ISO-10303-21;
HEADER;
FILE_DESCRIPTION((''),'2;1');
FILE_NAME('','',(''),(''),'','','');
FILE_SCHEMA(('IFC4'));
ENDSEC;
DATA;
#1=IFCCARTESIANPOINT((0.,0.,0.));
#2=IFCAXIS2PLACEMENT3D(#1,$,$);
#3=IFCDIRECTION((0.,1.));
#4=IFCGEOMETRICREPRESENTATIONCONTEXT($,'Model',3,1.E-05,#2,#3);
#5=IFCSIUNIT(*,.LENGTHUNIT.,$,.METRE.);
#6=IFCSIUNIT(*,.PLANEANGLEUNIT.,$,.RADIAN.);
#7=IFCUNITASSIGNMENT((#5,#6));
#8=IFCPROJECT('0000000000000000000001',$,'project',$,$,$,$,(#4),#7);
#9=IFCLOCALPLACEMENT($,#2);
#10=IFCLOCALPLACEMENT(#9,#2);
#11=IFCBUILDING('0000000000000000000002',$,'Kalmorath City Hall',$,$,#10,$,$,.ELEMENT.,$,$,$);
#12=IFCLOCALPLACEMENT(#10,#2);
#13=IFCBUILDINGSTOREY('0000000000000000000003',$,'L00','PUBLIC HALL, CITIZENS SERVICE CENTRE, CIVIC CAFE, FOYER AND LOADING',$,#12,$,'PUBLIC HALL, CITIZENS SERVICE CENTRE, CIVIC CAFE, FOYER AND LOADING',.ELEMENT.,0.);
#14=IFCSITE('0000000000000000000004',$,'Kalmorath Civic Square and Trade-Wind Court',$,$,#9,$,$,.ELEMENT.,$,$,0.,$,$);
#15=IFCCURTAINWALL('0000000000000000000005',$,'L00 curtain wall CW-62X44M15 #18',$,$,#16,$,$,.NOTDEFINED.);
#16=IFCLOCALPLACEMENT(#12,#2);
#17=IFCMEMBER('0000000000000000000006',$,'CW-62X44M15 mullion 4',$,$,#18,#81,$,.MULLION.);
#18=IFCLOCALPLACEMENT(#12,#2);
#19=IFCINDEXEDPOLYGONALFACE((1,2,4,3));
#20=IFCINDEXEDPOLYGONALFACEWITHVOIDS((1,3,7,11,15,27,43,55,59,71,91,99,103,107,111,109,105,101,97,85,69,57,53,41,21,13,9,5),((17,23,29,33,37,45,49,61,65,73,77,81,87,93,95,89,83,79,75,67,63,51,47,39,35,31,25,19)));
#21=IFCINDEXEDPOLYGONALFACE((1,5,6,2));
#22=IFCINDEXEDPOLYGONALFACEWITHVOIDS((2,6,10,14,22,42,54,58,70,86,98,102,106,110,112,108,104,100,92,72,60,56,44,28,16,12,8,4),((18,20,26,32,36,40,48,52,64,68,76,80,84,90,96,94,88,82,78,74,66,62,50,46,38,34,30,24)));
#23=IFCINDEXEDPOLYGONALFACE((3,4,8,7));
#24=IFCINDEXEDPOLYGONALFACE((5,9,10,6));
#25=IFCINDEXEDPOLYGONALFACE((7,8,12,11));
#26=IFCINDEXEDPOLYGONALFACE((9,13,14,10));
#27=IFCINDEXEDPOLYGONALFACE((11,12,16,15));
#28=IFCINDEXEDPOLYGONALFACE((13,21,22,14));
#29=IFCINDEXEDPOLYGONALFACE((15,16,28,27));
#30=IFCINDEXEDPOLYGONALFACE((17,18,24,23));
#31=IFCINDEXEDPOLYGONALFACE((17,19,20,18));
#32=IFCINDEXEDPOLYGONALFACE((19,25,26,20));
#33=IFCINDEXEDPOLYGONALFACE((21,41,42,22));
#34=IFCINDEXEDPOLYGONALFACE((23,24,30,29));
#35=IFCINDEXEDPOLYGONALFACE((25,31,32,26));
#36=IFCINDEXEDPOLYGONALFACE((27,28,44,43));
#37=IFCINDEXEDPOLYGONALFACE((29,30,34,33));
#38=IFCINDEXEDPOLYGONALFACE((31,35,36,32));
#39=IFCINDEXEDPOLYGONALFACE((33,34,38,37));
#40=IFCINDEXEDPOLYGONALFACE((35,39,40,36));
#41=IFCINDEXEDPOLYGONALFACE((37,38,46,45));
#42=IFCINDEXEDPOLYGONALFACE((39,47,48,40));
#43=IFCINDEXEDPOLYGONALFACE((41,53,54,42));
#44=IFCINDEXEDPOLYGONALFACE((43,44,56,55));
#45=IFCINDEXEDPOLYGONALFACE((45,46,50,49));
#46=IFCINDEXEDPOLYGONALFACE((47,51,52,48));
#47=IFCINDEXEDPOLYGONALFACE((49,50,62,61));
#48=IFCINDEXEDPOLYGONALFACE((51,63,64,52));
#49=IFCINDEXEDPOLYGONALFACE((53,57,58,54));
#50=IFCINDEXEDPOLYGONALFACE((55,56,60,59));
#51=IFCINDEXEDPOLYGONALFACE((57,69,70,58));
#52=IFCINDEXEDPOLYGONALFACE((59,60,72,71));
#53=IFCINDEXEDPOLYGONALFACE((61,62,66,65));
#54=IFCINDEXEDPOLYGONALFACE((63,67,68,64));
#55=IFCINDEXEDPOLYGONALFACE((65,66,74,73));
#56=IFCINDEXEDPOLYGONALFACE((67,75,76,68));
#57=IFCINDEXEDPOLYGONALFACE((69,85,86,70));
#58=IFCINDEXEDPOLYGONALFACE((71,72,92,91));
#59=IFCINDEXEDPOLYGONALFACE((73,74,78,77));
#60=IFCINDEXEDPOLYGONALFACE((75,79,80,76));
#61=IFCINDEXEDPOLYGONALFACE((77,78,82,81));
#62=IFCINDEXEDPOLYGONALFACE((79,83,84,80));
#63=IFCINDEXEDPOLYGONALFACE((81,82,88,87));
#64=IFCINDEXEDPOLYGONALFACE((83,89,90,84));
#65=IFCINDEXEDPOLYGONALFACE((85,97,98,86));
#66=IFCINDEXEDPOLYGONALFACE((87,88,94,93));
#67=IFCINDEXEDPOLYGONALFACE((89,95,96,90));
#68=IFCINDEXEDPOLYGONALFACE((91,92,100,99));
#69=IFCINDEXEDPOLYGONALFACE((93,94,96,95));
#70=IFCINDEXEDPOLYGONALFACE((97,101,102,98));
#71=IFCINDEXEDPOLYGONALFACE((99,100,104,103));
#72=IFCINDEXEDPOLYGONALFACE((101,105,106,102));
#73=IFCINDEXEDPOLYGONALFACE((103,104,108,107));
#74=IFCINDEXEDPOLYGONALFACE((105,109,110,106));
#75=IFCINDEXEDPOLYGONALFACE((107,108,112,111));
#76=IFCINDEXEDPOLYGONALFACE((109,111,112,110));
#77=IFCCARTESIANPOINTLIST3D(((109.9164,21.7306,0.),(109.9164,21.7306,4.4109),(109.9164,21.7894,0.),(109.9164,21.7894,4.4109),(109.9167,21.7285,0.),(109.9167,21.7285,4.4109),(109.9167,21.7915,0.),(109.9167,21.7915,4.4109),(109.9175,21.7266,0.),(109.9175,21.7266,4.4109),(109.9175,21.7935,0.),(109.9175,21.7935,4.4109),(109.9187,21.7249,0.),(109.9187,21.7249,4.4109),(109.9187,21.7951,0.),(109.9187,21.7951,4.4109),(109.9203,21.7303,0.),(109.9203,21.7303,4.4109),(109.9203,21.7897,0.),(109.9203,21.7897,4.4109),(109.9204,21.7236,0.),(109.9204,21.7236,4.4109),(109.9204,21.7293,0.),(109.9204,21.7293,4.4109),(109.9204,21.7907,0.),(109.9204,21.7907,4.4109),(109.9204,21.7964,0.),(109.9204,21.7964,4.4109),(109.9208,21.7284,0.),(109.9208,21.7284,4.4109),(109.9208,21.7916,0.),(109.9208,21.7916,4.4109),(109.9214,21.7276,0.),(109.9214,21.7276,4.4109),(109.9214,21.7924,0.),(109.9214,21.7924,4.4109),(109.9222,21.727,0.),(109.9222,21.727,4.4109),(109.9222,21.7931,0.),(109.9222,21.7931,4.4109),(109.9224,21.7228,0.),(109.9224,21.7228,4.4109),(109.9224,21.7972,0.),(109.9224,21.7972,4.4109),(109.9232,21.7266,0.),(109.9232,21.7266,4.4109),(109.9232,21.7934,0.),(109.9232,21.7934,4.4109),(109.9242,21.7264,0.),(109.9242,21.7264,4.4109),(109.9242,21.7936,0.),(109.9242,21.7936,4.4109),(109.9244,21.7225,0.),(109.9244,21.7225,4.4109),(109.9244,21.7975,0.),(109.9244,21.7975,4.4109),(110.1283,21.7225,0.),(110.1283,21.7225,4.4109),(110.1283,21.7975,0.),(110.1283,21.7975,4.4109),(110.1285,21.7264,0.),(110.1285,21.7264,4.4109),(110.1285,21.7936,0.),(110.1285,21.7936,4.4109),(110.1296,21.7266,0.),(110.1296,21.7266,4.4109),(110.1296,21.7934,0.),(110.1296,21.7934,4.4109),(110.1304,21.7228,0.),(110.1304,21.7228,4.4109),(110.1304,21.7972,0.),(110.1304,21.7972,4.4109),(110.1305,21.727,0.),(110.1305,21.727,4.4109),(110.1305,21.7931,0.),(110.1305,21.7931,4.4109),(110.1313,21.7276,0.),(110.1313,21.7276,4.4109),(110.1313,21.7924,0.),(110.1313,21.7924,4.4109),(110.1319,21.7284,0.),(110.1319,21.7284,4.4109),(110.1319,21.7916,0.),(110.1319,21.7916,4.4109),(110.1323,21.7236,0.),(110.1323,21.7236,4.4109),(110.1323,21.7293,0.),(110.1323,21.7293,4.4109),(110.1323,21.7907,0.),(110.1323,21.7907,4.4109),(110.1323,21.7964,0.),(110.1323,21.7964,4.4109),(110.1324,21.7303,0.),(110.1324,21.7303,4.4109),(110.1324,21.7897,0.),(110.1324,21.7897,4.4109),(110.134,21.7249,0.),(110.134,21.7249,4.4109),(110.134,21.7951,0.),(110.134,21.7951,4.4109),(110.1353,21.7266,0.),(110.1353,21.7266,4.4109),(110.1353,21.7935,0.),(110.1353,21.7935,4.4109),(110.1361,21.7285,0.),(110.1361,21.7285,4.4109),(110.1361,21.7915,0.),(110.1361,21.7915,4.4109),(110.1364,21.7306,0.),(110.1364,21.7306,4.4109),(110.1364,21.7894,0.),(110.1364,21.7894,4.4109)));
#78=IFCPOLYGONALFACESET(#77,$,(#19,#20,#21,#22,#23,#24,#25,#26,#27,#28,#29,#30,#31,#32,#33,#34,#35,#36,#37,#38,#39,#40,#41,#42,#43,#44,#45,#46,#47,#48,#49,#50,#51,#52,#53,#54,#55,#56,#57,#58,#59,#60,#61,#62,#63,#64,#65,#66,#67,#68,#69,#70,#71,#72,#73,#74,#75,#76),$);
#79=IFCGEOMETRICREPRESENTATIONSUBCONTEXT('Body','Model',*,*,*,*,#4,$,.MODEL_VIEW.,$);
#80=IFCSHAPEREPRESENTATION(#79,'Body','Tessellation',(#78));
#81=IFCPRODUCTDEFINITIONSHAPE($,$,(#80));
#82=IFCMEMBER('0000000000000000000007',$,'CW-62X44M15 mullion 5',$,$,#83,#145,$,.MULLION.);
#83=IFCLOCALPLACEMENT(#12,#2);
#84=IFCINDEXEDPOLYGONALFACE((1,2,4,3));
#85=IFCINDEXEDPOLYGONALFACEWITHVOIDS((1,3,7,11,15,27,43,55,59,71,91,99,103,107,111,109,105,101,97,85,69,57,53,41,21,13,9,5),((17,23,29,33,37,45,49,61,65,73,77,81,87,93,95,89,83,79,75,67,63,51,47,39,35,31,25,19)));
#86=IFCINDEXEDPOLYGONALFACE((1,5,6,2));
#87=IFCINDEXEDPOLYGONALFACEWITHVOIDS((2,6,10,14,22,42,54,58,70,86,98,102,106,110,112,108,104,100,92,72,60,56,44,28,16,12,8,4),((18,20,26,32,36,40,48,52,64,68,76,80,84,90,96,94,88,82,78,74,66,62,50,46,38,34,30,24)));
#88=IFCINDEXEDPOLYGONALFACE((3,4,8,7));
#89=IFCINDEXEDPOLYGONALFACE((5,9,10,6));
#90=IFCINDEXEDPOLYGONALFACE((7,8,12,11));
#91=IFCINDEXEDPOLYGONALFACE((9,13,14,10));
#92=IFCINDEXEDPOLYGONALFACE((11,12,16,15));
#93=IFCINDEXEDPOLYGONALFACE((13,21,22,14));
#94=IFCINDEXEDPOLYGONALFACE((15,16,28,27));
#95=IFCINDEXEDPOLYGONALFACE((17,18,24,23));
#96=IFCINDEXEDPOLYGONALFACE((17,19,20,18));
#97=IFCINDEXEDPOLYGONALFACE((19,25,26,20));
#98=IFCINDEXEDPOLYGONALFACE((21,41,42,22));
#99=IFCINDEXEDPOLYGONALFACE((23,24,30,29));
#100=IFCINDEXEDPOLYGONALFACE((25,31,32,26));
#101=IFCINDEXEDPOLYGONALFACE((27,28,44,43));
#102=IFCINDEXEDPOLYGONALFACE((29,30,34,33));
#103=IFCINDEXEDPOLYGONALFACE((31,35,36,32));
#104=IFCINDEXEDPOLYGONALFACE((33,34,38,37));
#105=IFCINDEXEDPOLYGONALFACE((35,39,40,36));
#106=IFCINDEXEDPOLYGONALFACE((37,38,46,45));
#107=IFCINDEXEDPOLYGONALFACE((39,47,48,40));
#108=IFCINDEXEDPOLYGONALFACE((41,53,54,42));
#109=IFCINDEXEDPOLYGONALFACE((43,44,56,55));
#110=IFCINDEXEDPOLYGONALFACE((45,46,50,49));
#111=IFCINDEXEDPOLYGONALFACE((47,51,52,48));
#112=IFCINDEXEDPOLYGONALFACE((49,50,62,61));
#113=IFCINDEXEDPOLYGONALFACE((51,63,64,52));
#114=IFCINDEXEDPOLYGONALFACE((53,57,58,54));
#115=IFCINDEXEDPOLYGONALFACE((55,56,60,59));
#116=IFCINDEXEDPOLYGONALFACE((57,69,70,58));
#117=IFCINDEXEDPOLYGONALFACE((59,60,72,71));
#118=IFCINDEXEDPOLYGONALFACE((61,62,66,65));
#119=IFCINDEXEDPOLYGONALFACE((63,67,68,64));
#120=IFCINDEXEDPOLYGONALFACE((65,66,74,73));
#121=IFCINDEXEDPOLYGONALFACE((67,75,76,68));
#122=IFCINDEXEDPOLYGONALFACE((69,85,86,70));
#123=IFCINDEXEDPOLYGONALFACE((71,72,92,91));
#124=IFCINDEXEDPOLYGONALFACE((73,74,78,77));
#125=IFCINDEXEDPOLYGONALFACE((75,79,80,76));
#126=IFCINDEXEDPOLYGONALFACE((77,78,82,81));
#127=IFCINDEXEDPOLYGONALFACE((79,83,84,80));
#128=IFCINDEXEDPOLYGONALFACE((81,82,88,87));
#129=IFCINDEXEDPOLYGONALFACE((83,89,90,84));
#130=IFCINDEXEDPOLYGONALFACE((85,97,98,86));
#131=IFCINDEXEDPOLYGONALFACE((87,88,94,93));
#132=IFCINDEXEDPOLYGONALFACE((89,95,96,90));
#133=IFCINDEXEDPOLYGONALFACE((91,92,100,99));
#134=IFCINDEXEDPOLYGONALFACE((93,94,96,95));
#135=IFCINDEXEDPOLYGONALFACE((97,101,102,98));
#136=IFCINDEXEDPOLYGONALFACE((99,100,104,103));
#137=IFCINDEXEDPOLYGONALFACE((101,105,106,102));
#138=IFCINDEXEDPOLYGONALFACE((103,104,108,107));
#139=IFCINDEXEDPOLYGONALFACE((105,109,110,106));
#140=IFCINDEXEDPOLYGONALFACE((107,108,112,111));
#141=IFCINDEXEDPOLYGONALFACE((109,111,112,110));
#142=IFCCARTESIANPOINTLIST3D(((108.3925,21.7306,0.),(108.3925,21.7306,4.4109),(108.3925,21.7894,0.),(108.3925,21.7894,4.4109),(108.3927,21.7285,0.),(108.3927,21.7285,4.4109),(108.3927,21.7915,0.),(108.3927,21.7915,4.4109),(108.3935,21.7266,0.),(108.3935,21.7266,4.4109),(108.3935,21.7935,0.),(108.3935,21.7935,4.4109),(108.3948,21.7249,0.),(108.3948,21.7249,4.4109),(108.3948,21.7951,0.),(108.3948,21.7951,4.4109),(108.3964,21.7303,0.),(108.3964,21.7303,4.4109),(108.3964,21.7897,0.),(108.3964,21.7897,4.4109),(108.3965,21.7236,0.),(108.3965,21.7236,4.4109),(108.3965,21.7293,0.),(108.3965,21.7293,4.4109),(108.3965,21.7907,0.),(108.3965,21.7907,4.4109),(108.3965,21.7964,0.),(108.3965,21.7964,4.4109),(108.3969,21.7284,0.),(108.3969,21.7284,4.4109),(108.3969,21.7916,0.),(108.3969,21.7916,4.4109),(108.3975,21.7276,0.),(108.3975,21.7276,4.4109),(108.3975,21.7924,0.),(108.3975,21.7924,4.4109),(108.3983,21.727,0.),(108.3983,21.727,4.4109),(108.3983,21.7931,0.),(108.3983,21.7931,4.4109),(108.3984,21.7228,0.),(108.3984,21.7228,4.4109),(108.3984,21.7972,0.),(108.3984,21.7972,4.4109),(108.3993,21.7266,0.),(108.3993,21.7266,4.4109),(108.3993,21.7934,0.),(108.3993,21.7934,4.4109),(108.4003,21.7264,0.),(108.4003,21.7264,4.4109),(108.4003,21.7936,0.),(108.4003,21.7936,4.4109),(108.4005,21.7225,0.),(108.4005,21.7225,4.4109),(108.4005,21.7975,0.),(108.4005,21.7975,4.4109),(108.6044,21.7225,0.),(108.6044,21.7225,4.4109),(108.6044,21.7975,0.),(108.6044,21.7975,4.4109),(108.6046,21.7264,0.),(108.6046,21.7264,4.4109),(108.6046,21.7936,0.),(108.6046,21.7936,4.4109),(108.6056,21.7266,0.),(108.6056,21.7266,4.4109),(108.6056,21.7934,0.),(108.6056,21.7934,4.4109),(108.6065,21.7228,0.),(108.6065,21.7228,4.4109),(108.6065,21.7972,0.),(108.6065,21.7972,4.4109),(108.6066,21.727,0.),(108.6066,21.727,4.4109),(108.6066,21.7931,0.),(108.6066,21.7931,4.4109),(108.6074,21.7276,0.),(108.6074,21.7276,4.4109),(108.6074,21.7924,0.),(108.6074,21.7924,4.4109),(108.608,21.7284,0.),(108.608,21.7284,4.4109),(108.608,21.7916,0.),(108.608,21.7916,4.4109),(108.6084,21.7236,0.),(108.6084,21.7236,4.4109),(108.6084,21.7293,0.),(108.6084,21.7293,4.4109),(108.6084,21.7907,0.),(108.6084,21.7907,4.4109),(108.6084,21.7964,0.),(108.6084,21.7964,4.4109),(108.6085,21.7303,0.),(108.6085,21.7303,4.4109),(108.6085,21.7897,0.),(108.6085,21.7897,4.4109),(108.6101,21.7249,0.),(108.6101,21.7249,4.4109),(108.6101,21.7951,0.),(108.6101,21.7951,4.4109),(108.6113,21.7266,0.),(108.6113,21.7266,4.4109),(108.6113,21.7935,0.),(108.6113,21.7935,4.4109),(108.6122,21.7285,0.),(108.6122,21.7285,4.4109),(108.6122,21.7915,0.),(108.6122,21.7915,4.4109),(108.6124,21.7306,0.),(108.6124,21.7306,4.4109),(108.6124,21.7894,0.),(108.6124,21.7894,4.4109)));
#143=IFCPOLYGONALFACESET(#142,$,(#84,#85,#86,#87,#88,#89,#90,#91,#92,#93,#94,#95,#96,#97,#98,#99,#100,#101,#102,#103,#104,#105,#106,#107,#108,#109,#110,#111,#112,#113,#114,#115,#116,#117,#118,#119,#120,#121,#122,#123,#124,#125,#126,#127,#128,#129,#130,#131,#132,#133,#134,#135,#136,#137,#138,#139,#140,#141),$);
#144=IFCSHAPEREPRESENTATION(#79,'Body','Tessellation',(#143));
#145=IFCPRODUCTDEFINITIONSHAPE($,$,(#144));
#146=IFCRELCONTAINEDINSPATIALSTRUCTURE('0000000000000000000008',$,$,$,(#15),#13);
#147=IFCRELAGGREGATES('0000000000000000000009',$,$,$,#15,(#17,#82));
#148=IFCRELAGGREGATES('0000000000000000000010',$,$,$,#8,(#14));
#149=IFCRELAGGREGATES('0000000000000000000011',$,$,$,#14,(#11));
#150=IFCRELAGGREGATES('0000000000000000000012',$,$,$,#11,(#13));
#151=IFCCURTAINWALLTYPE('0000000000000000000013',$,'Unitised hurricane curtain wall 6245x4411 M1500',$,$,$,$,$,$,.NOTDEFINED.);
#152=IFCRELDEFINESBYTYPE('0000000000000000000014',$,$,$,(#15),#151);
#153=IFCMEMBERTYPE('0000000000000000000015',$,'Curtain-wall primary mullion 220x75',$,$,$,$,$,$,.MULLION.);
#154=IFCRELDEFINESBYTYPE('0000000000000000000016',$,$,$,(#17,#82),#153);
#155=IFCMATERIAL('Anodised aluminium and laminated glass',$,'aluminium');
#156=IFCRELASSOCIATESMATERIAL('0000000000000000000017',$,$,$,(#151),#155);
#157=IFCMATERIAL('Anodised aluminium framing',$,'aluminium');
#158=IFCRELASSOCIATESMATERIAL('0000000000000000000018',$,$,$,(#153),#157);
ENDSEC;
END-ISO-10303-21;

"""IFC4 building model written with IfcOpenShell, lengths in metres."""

from ifc_helpers import new_model, si_unit, direction, frame, origin, origin_2d, place, context, subcontext, project, spatial, hollow_rectangle, extrude, material, material_profile, profile_set, type_object, element, aggregate, save


model = new_model("IFC4")

# Units and contexts
model_context = context("Model", 3, precision=1e-05, world=origin(), true_north=direction((0.0, 1.0)))
body_context = subcontext(model_context, "Body", "Model", "MODEL_VIEW")
ifc_project = project(units=[si_unit("LENGTHUNIT", "METRE"), si_unit("PLANEANGLEUNIT", "RADIAN")], contexts=[model_context])

# Site, building, storey
site_placement = place(None, origin())
site = spatial("IfcSite", under=ifc_project, at=site_placement, Name="Kalmorath Civic Square and Trade-Wind Court", CompositionType="ELEMENT", RefElevation=0.0)
building_placement = place(site_placement, origin())
building = spatial("IfcBuilding", under=site, at=building_placement, Name="Kalmorath City Hall", CompositionType="ELEMENT")
storey_placement = place(building_placement, origin())
storey = spatial("IfcBuildingStorey", under=building, at=storey_placement, Name="L00", Description="PUBLIC HALL, CITIZENS SERVICE CENTRE, CIVIC CAFE, FOYER AND LOADING", LongName="PUBLIC HALL, CITIZENS SERVICE CENTRE, CIVIC CAFE, FOYER AND LOADING", CompositionType="ELEMENT", Elevation=0.0)

# Curtain wall, members
ifc_material_1 = material(Name="Anodised aluminium and laminated glass", Category="aluminium")
curtain_wall_type_1 = type_object("IfcCurtainWallType", Name="Unitised hurricane curtain wall 6245x4411 M1500", PredefinedType="NOTDEFINED", material=ifc_material_1)
curtain_wall_1_placement = place(storey_placement, origin())
curtain_wall_1 = element("IfcCurtainWall", 1, at=curtain_wall_1_placement, inside=storey, type_object=curtain_wall_type_1, Name="L00 curtain wall CW-62X44M15 #18", PredefinedType="NOTDEFINED")
ifc_material_2 = material(Name="Anodised aluminium framing", Category="aluminium")
ifc_material_profile_1 = material_profile(ifc_material_2, hollow_rectangle(XDim=0.075, YDim=0.22, WallThickness=0.0039, InnerFilletRadius=0.0039, OuterFilletRadius=0.0081, at=origin_2d()), Name="ALU-MUL-220X75X4")
ifc_profile_set_1 = profile_set([ifc_material_profile_1], Name="Anodised aluminium framing")
member_type_1 = type_object("IfcMemberType", Name="Curtain-wall primary mullion 220x75", PredefinedType="MULLION", material=ifc_profile_set_1)
member_1_placement = place(storey_placement, frame((110.0264, 21.76, 0.0), z_axis=(0.0, 0.0, 1.0), x_axis=(0.0, -1.0, 0.0)))
member_1 = element("IfcMember", 2, at=member_1_placement, type_object=member_type_1, Name="CW-62X44M15 mullion 4", PredefinedType="MULLION", context=body_context, shape_type="SweptSolid", body=[
    extrude(hollow_rectangle(XDim=0.075, YDim=0.22, WallThickness=0.0039, InnerFilletRadius=0.0039, OuterFilletRadius=0.0081, at=origin_2d()), origin(), (0.0, 0.0, 1.0), 4.4109),
])
member_2_placement = place(storey_placement, frame((108.5024, 21.76, 0.0), z_axis=(0.0, 0.0, 1.0), x_axis=(0.0, -1.0, 0.0)))
member_2 = element("IfcMember", 3, at=member_2_placement, type_object=member_type_1, Name="CW-62X44M15 mullion 5", PredefinedType="MULLION", context=body_context, shape_type="SweptSolid", body=[
    extrude(hollow_rectangle(XDim=0.075, YDim=0.22, WallThickness=0.0039, InnerFilletRadius=0.0039, OuterFilletRadius=0.0081, at=origin_2d()), origin(), (0.0, 0.0, 1.0), 4.4109),
])

aggregate(curtain_wall_1, [member_1, member_2])

save(model, "model.ifc")
